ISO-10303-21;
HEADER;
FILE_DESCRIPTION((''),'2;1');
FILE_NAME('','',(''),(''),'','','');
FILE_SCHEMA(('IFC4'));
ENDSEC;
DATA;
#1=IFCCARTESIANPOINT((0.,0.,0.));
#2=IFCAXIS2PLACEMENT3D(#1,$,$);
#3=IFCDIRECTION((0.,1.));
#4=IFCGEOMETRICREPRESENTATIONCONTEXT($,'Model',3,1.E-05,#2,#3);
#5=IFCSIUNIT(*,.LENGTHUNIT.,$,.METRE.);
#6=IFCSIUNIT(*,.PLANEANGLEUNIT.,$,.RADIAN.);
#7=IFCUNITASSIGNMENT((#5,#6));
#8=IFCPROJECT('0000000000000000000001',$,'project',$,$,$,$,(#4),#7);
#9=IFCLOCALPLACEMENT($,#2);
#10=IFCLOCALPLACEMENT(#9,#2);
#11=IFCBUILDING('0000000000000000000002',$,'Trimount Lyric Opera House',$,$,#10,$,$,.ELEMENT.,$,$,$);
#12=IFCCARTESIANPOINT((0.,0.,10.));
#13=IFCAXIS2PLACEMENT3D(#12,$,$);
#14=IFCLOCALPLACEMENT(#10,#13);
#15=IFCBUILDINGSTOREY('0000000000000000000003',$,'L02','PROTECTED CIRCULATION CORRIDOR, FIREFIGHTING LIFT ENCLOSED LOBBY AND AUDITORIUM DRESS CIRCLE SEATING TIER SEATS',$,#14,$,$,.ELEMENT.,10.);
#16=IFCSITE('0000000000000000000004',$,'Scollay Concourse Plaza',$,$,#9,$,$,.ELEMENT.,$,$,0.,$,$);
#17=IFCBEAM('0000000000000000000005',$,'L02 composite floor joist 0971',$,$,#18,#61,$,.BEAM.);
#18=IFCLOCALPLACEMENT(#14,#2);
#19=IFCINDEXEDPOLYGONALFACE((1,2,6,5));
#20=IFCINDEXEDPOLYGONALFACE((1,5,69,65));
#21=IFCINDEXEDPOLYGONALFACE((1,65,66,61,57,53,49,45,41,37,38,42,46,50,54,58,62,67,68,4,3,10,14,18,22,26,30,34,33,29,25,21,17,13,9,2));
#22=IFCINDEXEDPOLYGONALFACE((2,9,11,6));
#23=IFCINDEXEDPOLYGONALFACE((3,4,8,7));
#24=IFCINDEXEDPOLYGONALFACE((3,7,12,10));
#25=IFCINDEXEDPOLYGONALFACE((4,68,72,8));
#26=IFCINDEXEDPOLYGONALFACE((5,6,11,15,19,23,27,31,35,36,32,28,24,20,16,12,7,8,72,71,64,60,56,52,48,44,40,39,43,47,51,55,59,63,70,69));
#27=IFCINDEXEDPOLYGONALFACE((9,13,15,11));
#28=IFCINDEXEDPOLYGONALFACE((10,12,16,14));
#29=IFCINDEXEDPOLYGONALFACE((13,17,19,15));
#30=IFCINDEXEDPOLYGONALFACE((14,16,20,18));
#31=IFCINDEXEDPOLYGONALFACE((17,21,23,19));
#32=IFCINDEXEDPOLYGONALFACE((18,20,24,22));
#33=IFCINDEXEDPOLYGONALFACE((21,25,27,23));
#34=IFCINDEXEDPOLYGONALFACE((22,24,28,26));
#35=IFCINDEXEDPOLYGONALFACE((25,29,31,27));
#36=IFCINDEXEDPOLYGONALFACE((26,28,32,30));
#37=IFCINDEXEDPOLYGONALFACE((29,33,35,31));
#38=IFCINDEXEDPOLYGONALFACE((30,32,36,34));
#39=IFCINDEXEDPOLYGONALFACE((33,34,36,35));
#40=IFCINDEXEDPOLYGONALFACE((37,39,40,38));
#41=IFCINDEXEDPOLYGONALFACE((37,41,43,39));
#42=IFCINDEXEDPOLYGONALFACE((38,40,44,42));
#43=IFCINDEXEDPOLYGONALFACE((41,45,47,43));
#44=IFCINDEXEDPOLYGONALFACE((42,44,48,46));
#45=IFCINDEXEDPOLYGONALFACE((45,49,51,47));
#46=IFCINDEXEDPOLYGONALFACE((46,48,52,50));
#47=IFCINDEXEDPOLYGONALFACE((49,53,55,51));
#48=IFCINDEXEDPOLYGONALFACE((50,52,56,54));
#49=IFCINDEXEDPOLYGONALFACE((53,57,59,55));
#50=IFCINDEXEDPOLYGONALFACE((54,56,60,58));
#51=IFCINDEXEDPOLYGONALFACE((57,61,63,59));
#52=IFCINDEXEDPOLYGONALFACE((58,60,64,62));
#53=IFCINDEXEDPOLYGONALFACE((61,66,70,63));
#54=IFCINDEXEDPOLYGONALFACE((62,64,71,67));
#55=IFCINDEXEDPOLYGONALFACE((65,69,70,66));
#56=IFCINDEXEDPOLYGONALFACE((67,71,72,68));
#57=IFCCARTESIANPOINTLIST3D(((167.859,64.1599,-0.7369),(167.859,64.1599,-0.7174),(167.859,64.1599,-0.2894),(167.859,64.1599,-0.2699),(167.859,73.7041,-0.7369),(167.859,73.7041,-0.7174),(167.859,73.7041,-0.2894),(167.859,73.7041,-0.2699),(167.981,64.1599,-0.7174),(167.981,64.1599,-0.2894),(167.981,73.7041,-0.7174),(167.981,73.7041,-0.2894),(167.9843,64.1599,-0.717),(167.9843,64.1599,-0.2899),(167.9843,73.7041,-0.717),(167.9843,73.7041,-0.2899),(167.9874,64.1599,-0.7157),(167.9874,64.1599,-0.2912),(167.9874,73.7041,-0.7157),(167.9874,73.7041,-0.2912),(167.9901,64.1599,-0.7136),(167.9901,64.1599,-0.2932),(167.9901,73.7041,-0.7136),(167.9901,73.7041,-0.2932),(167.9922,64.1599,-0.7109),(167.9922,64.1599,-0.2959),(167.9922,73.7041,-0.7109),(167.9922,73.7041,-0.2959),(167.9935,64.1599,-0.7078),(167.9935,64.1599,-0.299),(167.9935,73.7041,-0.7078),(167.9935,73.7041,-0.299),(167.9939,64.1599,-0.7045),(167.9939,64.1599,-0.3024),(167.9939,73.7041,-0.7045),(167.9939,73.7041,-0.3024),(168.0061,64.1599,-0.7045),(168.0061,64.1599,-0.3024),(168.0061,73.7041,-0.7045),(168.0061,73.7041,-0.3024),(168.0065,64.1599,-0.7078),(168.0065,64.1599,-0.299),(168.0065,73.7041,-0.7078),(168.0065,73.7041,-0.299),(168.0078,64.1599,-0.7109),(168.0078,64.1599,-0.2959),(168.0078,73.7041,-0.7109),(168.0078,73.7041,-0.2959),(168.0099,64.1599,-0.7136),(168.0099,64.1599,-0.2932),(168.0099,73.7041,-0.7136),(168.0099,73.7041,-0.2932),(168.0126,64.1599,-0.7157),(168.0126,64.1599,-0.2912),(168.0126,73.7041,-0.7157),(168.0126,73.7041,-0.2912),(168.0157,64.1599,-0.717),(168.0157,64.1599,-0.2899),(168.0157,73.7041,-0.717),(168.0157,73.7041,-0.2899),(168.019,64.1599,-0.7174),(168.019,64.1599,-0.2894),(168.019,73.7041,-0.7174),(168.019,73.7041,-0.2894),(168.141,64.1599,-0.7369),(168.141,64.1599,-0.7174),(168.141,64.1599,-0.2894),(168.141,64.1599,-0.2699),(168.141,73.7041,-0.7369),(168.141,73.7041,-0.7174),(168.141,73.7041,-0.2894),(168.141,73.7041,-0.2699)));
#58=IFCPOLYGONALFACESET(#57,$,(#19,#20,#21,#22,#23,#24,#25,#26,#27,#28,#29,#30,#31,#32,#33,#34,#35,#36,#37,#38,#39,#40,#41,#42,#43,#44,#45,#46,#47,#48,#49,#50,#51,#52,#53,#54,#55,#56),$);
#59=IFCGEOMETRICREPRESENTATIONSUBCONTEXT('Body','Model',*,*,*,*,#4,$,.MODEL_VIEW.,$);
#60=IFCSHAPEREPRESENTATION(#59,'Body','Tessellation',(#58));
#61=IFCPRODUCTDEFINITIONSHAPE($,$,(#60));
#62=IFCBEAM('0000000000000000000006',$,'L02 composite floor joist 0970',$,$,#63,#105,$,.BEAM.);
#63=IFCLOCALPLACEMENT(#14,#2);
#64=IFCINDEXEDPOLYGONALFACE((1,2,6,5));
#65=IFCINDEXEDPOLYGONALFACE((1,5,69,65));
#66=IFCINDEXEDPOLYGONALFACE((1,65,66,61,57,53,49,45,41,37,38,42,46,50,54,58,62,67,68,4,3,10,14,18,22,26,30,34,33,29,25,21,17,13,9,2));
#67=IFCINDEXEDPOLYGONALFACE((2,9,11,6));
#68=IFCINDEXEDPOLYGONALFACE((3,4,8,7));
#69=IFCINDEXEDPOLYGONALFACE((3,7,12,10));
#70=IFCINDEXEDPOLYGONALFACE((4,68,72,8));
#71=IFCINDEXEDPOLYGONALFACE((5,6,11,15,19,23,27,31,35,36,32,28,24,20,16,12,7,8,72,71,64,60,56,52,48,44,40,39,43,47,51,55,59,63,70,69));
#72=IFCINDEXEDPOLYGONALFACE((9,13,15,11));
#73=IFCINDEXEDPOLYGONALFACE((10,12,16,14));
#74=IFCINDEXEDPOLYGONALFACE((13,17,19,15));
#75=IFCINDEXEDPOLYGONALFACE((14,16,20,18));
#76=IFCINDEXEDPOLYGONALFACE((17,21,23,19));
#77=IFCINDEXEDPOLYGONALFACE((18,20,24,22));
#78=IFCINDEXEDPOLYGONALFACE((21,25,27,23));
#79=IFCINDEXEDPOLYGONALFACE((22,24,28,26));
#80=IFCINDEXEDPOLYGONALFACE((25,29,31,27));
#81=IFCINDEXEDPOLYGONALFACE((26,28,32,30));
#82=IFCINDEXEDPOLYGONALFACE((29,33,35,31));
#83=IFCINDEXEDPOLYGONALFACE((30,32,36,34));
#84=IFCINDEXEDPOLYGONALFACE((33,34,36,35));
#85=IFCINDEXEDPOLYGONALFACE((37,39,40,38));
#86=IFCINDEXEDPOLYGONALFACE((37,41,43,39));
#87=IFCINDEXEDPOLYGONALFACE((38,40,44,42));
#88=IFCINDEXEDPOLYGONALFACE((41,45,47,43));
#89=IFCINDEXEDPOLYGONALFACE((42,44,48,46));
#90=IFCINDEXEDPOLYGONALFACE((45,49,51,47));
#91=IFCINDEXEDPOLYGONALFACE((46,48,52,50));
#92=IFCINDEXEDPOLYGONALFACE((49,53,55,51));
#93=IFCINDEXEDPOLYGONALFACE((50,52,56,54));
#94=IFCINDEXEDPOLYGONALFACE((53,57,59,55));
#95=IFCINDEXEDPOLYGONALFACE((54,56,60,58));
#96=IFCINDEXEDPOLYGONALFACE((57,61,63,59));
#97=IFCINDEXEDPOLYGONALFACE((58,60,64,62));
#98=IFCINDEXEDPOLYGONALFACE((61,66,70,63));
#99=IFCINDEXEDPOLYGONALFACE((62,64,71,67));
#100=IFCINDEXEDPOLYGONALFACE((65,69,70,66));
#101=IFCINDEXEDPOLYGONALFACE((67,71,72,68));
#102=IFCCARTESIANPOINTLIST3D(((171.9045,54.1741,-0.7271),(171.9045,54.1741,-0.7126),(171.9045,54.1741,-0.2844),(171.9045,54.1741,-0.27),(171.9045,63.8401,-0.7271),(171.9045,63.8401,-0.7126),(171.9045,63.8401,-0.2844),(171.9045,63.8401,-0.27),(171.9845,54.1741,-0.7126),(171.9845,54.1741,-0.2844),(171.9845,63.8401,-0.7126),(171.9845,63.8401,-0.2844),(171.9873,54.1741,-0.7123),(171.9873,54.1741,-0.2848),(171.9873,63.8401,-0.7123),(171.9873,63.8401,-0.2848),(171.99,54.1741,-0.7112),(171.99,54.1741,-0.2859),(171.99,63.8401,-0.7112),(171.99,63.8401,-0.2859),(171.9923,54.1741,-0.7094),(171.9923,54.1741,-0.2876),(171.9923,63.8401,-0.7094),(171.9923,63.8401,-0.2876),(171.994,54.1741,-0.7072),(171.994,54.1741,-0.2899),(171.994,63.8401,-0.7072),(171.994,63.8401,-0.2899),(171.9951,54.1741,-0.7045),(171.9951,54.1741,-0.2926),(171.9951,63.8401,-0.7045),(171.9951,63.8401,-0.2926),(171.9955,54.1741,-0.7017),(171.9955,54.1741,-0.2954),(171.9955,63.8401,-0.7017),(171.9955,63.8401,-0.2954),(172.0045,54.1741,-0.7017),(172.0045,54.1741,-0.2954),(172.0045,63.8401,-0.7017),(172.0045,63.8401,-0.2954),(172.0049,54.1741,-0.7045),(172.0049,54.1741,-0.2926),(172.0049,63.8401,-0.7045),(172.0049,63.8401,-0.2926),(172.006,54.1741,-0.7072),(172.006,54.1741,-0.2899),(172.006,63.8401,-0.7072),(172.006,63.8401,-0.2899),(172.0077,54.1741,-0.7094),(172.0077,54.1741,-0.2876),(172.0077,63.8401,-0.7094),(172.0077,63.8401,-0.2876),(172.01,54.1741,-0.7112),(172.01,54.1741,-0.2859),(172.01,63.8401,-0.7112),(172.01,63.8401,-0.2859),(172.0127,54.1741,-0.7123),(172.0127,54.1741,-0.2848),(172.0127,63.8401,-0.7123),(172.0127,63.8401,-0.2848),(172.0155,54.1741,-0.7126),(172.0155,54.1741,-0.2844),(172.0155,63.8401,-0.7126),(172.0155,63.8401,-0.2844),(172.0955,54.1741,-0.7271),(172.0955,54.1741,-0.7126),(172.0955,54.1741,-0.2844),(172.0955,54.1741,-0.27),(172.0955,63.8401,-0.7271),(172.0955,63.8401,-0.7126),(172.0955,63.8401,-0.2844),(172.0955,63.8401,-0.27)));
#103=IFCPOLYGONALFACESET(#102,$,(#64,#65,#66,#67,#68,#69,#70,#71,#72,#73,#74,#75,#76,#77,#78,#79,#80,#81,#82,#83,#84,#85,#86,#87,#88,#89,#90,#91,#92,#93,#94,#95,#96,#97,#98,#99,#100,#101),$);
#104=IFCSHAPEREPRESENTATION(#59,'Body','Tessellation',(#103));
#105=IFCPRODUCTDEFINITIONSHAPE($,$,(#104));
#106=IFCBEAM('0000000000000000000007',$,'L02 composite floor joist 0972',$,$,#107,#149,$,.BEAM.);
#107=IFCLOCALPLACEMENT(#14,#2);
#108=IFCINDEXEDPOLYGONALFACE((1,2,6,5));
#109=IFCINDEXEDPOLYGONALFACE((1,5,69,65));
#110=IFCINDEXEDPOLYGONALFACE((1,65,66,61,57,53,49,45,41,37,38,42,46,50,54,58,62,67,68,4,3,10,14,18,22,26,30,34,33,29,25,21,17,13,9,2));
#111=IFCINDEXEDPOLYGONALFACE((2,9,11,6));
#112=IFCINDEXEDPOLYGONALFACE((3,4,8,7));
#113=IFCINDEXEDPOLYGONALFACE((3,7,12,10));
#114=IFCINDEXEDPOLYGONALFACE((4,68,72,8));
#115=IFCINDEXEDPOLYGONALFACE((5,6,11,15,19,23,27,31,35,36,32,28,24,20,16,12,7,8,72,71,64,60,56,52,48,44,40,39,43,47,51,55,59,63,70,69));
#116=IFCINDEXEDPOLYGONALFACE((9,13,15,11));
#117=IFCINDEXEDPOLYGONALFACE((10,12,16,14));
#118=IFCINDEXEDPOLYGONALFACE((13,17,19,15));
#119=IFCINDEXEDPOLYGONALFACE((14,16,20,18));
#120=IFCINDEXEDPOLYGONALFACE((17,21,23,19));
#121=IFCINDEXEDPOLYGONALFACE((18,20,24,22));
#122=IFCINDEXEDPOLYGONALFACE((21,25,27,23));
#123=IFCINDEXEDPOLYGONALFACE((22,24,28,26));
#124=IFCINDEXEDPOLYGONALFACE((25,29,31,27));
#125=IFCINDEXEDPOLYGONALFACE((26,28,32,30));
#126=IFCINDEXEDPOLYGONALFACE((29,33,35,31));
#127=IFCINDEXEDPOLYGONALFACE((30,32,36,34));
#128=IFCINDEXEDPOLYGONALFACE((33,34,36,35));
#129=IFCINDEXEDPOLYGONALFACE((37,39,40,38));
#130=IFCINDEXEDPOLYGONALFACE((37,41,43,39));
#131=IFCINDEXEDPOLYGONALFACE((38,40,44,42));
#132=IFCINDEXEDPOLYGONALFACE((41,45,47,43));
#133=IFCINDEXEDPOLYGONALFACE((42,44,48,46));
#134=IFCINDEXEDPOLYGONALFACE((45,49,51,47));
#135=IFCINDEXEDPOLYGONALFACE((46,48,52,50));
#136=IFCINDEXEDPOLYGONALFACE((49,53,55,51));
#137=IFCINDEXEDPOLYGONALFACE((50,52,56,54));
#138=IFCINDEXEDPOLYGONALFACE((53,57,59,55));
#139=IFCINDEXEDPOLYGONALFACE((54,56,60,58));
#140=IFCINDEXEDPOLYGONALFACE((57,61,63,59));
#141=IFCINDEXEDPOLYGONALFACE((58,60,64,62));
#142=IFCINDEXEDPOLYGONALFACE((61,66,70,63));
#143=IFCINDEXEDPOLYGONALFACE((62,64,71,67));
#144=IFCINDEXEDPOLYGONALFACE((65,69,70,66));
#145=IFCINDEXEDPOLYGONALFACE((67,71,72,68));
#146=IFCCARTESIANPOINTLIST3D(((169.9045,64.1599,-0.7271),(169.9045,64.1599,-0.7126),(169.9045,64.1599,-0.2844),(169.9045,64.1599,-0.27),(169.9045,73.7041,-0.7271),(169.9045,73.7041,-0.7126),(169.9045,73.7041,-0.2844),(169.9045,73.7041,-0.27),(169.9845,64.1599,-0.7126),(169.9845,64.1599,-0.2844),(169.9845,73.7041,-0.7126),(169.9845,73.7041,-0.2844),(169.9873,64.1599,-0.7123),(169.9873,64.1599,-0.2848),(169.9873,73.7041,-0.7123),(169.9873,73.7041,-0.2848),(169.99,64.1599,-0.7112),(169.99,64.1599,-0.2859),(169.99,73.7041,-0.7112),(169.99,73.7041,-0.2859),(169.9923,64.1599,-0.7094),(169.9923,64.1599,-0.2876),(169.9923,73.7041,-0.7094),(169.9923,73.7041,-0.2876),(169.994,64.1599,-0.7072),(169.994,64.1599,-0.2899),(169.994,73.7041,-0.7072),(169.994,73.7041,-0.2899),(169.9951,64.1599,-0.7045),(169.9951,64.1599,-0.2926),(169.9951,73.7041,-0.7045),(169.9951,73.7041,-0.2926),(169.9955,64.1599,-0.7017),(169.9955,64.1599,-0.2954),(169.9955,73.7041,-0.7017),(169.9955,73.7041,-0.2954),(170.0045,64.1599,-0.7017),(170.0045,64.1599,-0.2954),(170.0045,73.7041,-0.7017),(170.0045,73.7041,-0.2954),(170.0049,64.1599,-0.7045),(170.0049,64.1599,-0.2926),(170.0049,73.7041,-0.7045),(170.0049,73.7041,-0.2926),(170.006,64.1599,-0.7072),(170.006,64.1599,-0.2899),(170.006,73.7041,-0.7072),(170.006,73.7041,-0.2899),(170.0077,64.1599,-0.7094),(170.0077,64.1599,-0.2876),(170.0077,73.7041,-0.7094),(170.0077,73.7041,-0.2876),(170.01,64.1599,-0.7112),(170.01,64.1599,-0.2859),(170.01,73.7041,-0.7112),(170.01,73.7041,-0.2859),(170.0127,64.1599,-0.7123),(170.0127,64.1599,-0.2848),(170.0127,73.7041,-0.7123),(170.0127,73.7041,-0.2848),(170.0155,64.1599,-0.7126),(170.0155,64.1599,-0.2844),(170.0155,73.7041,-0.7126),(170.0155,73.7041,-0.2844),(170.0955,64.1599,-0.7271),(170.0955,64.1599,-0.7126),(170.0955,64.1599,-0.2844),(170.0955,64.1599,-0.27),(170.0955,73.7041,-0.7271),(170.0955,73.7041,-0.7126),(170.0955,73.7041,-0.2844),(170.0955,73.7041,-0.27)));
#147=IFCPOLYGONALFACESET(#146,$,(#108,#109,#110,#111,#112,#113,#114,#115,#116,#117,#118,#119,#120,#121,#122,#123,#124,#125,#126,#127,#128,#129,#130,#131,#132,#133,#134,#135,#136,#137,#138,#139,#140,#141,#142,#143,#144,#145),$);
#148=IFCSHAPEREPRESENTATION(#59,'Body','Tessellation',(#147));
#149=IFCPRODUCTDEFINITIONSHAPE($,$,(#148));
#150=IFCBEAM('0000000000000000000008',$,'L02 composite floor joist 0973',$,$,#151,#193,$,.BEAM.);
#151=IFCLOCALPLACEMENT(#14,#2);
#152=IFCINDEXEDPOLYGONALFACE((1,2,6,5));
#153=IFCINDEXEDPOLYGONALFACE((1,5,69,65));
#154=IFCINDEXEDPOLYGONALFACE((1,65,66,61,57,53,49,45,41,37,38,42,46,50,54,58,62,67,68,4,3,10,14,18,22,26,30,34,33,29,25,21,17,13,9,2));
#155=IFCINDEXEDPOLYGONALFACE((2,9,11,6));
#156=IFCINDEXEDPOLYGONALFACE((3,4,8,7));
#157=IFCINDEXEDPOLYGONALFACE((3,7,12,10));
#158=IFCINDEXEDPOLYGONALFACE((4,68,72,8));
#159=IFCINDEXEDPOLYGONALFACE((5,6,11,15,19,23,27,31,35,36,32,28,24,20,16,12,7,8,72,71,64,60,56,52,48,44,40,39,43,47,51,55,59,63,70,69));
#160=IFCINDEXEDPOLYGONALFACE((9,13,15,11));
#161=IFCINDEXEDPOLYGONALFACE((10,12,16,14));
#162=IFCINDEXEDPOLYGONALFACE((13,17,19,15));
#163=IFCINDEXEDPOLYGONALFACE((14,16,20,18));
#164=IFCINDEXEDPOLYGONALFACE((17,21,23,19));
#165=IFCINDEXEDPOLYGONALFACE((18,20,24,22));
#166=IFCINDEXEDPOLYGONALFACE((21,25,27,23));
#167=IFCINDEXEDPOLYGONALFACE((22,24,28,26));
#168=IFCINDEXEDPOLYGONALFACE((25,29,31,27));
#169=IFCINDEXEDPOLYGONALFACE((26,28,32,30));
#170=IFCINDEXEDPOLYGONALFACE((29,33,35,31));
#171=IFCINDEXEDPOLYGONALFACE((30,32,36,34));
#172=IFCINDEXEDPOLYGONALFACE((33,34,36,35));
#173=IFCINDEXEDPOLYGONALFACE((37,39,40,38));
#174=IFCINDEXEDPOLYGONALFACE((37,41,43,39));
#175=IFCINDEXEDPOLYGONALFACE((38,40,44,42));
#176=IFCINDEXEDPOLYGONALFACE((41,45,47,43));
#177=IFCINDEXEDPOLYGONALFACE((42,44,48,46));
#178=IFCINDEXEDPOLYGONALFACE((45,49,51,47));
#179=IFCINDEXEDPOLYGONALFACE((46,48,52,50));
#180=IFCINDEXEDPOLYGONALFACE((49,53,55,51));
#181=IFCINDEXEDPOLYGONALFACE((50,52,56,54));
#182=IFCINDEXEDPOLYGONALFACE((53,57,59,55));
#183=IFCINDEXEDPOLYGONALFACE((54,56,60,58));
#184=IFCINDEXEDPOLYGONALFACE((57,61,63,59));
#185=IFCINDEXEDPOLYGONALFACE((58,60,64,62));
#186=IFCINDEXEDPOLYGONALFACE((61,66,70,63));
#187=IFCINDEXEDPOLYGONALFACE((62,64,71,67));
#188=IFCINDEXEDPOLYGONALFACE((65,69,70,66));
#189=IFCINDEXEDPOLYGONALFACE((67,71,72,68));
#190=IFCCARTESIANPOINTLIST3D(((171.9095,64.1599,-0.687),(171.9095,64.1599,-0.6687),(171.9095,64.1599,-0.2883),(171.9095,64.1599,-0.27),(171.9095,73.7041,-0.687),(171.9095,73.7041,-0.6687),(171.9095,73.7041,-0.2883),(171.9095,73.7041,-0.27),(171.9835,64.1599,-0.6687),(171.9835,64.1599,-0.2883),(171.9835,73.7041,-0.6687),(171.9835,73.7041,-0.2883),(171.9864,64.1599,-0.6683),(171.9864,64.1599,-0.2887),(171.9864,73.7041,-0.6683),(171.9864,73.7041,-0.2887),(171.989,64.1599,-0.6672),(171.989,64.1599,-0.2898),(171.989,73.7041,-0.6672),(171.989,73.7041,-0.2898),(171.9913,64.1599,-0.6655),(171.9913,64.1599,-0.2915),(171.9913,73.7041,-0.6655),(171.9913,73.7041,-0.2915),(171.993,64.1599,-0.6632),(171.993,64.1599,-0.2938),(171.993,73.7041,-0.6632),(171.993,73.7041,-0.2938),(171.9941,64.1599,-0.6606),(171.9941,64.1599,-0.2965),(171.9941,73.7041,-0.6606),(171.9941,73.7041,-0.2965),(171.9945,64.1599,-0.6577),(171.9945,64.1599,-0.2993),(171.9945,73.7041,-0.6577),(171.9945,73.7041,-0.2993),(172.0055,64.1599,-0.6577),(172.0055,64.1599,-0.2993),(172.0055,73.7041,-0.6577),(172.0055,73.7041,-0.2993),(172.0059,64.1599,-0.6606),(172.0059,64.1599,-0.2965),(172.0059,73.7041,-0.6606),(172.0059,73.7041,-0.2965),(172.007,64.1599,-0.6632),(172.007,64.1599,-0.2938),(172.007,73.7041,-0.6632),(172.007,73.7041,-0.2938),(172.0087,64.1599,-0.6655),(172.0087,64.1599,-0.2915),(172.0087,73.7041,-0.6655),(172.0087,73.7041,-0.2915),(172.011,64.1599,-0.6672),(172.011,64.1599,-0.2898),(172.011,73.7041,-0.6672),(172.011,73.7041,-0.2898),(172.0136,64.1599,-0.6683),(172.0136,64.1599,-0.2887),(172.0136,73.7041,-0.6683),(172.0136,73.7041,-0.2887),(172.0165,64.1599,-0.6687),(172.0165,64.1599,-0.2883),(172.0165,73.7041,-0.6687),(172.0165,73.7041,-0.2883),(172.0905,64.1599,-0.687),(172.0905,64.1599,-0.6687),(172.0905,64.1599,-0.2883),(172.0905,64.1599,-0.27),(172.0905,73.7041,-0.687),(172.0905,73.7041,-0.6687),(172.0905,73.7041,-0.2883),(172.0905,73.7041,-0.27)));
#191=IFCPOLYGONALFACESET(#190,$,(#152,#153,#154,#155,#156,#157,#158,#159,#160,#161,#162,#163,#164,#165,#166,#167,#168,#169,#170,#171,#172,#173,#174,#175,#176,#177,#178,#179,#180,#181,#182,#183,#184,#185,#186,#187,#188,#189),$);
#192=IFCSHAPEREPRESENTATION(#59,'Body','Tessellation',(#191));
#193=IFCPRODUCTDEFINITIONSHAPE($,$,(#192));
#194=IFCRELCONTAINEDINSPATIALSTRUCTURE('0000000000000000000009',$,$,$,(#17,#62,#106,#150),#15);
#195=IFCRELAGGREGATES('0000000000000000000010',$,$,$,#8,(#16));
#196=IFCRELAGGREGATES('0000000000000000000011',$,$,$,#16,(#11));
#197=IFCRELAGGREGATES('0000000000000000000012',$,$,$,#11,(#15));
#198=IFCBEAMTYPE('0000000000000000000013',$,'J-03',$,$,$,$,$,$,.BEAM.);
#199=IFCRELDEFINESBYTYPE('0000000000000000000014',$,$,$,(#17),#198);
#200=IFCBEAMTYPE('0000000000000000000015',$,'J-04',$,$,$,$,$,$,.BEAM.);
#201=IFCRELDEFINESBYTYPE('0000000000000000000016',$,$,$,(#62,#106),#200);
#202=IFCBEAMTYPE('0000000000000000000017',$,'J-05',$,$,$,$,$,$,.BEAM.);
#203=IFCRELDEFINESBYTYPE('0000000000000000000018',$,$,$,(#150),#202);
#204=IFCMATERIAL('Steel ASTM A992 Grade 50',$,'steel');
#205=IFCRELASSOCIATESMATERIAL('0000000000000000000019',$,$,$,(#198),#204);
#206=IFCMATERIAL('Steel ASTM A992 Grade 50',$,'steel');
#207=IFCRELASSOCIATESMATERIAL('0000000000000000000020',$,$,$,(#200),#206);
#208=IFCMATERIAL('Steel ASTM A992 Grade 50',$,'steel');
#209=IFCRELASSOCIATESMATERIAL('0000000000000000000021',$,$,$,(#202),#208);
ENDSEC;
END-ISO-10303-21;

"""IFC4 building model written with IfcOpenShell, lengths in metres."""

from ifc_helpers import new_model, si_unit, direction, frame, origin, origin_2d, place, context, subcontext, project, spatial, i_section, extrude, material, material_profile, profile_set, type_object, element, save


model = new_model("IFC4")

# Units and contexts
model_context = context("Model", 3, precision=1e-05, world=origin(), true_north=direction((0.0, 1.0)))
body_context = subcontext(model_context, "Body", "Model", "MODEL_VIEW")
ifc_project = project(units=[si_unit("LENGTHUNIT", "METRE"), si_unit("PLANEANGLEUNIT", "RADIAN")], contexts=[model_context])

# Site, building, storey
site_placement = place(None, origin())
site = spatial("IfcSite", under=ifc_project, at=site_placement, Name="Scollay Concourse Plaza", CompositionType="ELEMENT", RefElevation=0.0)
building_placement = place(site_placement, origin())
building = spatial("IfcBuilding", under=site, at=building_placement, Name="Trimount Lyric Opera House", CompositionType="ELEMENT")
storey_placement = place(building_placement, frame((0.0, 0.0, 10.0)))
storey = spatial("IfcBuildingStorey", under=building, at=storey_placement, Name="L02", Description="PROTECTED CIRCULATION CORRIDOR, FIREFIGHTING LIFT ENCLOSED LOBBY AND AUDITORIUM DRESS CIRCLE SEATING TIER SEATS", CompositionType="ELEMENT", Elevation=10.0)

# Beams
ifc_material_1 = material(Name="Steel ASTM A992 Grade 50", Category="steel")
ifc_material_profile_1 = material_profile(ifc_material_1, i_section(OverallWidth=0.282, OverallDepth=0.467, WebThickness=0.0122, FlangeThickness=0.0195, FilletRadius=0.0129, at=origin_2d()), Name="W18X86")
ifc_profile_set_1 = profile_set([ifc_material_profile_1], Name="Steel ASTM A992 Grade 50")
beam_type_1 = type_object("IfcBeamType", Name="J-03", PredefinedType="BEAM", material=ifc_profile_set_1)
beam_1_placement = place(storey_placement, frame((168.0, 64.1599, -0.5034), z_axis=(0.0, 1.0, 0.0), x_axis=(-1.0, 0.0, 0.0)))
element("IfcBeam", 1, at=beam_1_placement, inside=storey, type_object=beam_type_1, Name="L02 composite floor joist 0971", PredefinedType="BEAM", context=body_context, shape_type="SweptSolid", body=[
    extrude(i_section(OverallWidth=0.282, OverallDepth=0.467, WebThickness=0.0122, FlangeThickness=0.0195, FilletRadius=0.0129, at=origin_2d()), origin(), (0.0, 0.0, 1.0), 9.5442),
])
ifc_material_2 = material(Name="Steel ASTM A992 Grade 50", Category="steel")
ifc_material_profile_2 = material_profile(ifc_material_2, i_section(OverallWidth=0.1909, OverallDepth=0.457, WebThickness=0.009, FlangeThickness=0.0144, FilletRadius=0.011, at=origin_2d()), Name="W18X50")
ifc_profile_set_2 = profile_set([ifc_material_profile_2], Name="Steel ASTM A992 Grade 50")
beam_type_2 = type_object("IfcBeamType", Name="J-04", PredefinedType="BEAM", material=ifc_profile_set_2)
beam_2_placement = place(storey_placement, frame((172.0, 54.1741, -0.4985), z_axis=(0.0, 1.0, 0.0), x_axis=(-1.0, 0.0, 0.0)))
element("IfcBeam", 2, at=beam_2_placement, inside=storey, type_object=beam_type_2, Name="L02 composite floor joist 0970", PredefinedType="BEAM", context=body_context, shape_type="SweptSolid", body=[
    extrude(i_section(OverallWidth=0.1909, OverallDepth=0.457, WebThickness=0.009, FlangeThickness=0.0144, FilletRadius=0.011, at=origin_2d()), origin(), (0.0, 0.0, 1.0), 9.666),
])
beam_3_placement = place(storey_placement, frame((170.0, 64.1599, -0.4985), z_axis=(0.0, 1.0, 0.0), x_axis=(-1.0, 0.0, 0.0)))
element("IfcBeam", 3, at=beam_3_placement, inside=storey, type_object=beam_type_2, Name="L02 composite floor joist 0972", PredefinedType="BEAM", context=body_context, shape_type="SweptSolid", body=[
    extrude(i_section(OverallWidth=0.1909, OverallDepth=0.457, WebThickness=0.009, FlangeThickness=0.0144, FilletRadius=0.011, at=origin_2d()), origin(), (0.0, 0.0, 1.0), 9.5442),
])
ifc_material_3 = material(Name="Steel ASTM A992 Grade 50", Category="steel")
ifc_material_profile_3 = material_profile(ifc_material_3, i_section(OverallWidth=0.1809, OverallDepth=0.417, WebThickness=0.011, FlangeThickness=0.0183, FilletRadius=0.011, at=origin_2d()), Name="W16X57")
ifc_profile_set_3 = profile_set([ifc_material_profile_3], Name="Steel ASTM A992 Grade 50")
beam_type_3 = type_object("IfcBeamType", Name="J-05", PredefinedType="BEAM", material=ifc_profile_set_3)
beam_4_placement = place(storey_placement, frame((172.0, 64.1599, -0.4785), z_axis=(0.0, 1.0, 0.0), x_axis=(-1.0, 0.0, 0.0)))
element("IfcBeam", 4, at=beam_4_placement, inside=storey, type_object=beam_type_3, Name="L02 composite floor joist 0973", PredefinedType="BEAM", context=body_context, shape_type="SweptSolid", body=[
    extrude(i_section(OverallWidth=0.1809, OverallDepth=0.417, WebThickness=0.011, FlangeThickness=0.0183, FilletRadius=0.011, at=origin_2d()), origin(), (0.0, 0.0, 1.0), 9.5442),
])

save(model, "model.ifc")
